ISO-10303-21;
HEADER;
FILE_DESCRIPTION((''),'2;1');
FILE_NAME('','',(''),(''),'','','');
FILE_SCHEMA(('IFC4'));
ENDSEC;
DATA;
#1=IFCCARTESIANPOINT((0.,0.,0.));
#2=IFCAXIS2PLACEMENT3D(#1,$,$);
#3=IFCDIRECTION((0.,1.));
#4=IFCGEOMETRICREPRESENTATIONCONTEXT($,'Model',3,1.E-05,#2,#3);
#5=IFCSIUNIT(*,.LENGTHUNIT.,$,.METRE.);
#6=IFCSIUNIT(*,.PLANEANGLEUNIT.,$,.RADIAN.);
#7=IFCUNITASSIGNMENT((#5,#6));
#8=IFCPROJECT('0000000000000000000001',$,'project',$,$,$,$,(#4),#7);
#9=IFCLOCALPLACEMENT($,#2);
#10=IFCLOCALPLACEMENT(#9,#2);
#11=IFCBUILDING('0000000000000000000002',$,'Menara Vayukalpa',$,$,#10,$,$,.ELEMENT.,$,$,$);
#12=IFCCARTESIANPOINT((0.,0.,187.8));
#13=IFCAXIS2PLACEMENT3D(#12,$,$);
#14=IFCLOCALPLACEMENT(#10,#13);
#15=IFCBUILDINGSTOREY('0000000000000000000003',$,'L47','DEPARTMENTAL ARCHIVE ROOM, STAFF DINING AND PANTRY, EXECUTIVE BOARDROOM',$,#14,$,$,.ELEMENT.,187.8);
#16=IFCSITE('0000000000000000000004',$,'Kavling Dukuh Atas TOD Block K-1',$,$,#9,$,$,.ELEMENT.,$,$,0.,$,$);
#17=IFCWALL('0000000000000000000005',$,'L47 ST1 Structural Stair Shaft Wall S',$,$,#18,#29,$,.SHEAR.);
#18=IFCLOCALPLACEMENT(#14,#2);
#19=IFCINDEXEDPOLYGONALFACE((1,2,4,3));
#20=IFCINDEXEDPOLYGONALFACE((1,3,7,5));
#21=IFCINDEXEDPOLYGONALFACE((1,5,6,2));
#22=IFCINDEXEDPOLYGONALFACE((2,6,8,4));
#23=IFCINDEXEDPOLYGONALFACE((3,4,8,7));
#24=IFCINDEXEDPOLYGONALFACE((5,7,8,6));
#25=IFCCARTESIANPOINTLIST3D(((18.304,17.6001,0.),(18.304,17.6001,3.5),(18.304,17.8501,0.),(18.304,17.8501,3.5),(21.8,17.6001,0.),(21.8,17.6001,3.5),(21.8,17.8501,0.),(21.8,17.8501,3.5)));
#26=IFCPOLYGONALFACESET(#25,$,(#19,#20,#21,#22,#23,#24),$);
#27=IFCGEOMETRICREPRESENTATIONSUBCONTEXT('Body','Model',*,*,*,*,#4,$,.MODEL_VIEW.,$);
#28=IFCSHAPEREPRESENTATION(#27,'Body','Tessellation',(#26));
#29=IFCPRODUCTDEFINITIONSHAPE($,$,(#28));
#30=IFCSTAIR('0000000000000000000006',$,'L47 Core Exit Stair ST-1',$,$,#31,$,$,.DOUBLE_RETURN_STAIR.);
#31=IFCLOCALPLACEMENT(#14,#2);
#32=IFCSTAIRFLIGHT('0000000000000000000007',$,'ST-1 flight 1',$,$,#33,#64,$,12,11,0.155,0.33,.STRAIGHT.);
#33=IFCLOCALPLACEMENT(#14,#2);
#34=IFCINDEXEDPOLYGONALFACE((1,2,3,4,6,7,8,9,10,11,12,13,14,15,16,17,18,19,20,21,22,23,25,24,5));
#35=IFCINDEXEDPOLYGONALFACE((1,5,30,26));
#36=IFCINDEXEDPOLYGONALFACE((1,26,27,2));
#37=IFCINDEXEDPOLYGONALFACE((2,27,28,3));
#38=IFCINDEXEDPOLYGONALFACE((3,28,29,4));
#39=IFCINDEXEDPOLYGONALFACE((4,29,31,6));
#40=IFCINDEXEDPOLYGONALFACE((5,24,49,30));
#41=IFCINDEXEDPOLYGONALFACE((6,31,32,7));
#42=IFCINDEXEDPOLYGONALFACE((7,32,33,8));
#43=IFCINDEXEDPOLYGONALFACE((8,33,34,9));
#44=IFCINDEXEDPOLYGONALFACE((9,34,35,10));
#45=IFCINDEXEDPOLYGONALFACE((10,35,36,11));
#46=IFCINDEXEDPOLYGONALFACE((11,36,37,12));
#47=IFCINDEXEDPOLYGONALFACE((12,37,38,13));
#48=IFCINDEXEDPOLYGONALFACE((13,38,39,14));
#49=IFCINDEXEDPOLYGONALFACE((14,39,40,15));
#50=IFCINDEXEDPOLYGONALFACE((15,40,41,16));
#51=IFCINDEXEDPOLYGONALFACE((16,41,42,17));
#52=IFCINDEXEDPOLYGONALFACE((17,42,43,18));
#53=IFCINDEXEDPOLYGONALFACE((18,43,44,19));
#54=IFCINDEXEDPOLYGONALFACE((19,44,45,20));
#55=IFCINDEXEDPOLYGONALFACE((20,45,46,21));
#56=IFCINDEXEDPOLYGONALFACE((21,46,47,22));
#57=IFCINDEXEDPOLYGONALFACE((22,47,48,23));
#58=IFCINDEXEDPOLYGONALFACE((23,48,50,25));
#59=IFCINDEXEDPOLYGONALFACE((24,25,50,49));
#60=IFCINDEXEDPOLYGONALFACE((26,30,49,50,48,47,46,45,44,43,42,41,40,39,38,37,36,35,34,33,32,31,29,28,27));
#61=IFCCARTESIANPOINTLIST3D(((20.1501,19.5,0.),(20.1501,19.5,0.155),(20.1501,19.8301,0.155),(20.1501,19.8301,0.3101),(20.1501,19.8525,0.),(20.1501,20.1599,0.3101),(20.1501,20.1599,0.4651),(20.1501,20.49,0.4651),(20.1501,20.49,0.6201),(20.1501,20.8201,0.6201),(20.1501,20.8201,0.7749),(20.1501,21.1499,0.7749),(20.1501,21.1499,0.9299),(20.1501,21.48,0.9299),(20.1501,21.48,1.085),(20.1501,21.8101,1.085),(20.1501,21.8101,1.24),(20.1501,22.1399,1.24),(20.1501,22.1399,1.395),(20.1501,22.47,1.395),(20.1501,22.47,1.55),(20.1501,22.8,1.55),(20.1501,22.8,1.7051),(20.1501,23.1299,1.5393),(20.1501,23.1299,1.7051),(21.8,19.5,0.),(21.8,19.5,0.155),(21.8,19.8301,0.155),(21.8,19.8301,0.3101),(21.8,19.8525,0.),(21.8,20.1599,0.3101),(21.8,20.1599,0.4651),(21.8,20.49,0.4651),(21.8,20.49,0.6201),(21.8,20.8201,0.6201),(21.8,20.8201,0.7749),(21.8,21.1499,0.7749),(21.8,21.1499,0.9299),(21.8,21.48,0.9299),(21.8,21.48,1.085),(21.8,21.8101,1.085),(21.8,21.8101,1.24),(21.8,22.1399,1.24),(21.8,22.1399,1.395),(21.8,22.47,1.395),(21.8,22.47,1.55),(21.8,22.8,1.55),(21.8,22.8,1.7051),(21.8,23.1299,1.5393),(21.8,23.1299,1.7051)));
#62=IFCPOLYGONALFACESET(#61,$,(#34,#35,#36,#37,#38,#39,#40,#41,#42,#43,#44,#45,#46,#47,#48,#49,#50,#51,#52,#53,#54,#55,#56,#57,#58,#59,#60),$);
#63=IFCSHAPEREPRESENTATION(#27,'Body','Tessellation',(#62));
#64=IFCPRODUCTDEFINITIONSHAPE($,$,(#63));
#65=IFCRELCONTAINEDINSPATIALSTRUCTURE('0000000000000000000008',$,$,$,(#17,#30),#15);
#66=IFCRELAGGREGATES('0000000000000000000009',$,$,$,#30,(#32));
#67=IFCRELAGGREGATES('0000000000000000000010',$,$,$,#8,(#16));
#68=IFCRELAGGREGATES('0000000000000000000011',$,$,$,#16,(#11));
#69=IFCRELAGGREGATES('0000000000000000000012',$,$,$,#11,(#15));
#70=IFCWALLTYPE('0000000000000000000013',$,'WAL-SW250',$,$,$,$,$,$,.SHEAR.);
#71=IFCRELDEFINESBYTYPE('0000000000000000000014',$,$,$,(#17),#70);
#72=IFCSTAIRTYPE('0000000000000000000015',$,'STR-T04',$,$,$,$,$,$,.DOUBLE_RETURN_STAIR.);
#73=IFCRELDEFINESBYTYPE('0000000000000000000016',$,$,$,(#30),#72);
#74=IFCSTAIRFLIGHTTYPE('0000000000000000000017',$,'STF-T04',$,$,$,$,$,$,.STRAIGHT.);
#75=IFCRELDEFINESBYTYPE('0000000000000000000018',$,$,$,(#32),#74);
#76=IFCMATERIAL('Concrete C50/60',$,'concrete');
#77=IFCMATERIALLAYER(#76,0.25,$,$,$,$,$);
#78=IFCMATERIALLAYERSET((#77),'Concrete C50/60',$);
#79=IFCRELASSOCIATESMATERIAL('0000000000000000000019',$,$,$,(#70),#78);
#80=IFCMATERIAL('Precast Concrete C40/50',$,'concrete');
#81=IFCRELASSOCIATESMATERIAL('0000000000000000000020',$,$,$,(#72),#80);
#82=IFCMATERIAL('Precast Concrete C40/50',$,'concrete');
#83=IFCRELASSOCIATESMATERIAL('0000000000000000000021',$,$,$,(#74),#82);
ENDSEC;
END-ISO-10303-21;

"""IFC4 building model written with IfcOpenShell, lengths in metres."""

from ifc_helpers import new_model, si_unit, direction, frame, frame_2d, origin, place, context, subcontext, project, spatial, polyline, rectangle, outline, extrude, material, layer, layer_set, type_object, element, aggregate, save


model = new_model("IFC4")

# Units and contexts
model_context = context("Model", 3, precision=1e-05, world=origin(), true_north=direction((0.0, 1.0)))
body_context = subcontext(model_context, "Body", "Model", "MODEL_VIEW")
ifc_project = project(units=[si_unit("LENGTHUNIT", "METRE"), si_unit("PLANEANGLEUNIT", "RADIAN")], contexts=[model_context])

# Site, building, storey
site_placement = place(None, origin())
site = spatial("IfcSite", under=ifc_project, at=site_placement, Name="Kavling Dukuh Atas TOD Block K-1", CompositionType="ELEMENT", RefElevation=0.0)
building_placement = place(site_placement, origin())
building = spatial("IfcBuilding", under=site, at=building_placement, Name="Menara Vayukalpa", CompositionType="ELEMENT")
storey_placement = place(building_placement, frame((0.0, 0.0, 187.8)))
storey = spatial("IfcBuildingStorey", under=building, at=storey_placement, Name="L47", Description="DEPARTMENTAL ARCHIVE ROOM, STAFF DINING AND PANTRY, EXECUTIVE BOARDROOM", CompositionType="ELEMENT", Elevation=187.8)

# Shared definitions
ifc_material_1 = material(Name="Concrete C50/60", Category="concrete")
ifc_layer_1 = layer(ifc_material_1, 0.25)
ifc_layer_set_1 = layer_set([ifc_layer_1], Name="Concrete C50/60")
wall_type_1 = type_object("IfcWallType", Name="WAL-SW250", PredefinedType="SHEAR", material=ifc_layer_set_1)

# Wall
wall_1_placement = place(storey_placement, frame((18.304, 17.7251, 0.0), z_axis=(0.0, 0.0, 1.0), x_axis=(1.0, 0.0, 0.0)))
element("IfcWall", 1, at=wall_1_placement, inside=storey, type_object=wall_type_1, Name="L47 ST1 Structural Stair Shaft Wall S", PredefinedType="SHEAR", context=body_context, shape_type="SweptSolid", body=[
    extrude(rectangle(XDim=3.4961, YDim=0.25, at=frame_2d((1.748, 0.0))), origin(), (0.0, 0.0, 1.0), 3.5),
])

# Stair, stair flight
ifc_material_2 = material(Name="Precast Concrete C40/50", Category="concrete")
stair_type = type_object("IfcStairType", Name="STR-T04", PredefinedType="DOUBLE_RETURN_STAIR", material=ifc_material_2)
stair_placement = place(storey_placement, origin())
stair = element("IfcStair", 2, at=stair_placement, inside=storey, type_object=stair_type, Name="L47 Core Exit Stair ST-1", PredefinedType="DOUBLE_RETURN_STAIR")
ifc_material_3 = material(Name="Precast Concrete C40/50", Category="concrete")
stair_flight_type = type_object("IfcStairFlightType", Name="STF-T04", PredefinedType="STRAIGHT", material=ifc_material_3)
stair_flight_placement = place(storey_placement, frame((20.9751, 19.5, 0.0), z_axis=(0.0, 0.0, 1.0), x_axis=(0.0, 1.0, 0.0)))
stair_flight = element("IfcStairFlight", 3, at=stair_flight_placement, type_object=stair_flight_type, Name="ST-1 flight 1", NumberOfRisers=12, NumberOfTreads=11, PredefinedType="STRAIGHT", RiserHeight=0.155, TreadLength=0.33, context=body_context, shape_type="SweptSolid", body=[
    extrude(outline(polyline([(0.0, 0.0), (0.0, 0.155), (0.3301, 0.155), (0.3301, 0.3101), (0.6599, 0.3101), (0.6599, 0.4651), (0.99, 0.4651), (0.99, 0.6201), (1.3201, 0.6201), (1.3201, 0.7749), (1.6499, 0.7749), (1.6499, 0.9299), (1.98, 0.9299), (1.98, 1.085), (2.3101, 1.085), (2.3101, 1.24), (2.6399, 1.24), (2.6399, 1.395), (2.97, 1.395), (2.97, 1.55), (3.3, 1.55), (3.3, 1.7051), (3.6299, 1.7051), (3.6299, 1.8601), (3.6299, 1.5393), (0.3525, 0.0), (0.0, 0.0)])), frame((0.0, 0.825, 0.0), z_axis=(0.0, -1.0, 0.0), x_axis=(1.0, 0.0, 0.0)), (0.0, 0.0, 1.0), 1.6499),
])
aggregate(stair, [stair_flight])

save(model, "model.ifc")
